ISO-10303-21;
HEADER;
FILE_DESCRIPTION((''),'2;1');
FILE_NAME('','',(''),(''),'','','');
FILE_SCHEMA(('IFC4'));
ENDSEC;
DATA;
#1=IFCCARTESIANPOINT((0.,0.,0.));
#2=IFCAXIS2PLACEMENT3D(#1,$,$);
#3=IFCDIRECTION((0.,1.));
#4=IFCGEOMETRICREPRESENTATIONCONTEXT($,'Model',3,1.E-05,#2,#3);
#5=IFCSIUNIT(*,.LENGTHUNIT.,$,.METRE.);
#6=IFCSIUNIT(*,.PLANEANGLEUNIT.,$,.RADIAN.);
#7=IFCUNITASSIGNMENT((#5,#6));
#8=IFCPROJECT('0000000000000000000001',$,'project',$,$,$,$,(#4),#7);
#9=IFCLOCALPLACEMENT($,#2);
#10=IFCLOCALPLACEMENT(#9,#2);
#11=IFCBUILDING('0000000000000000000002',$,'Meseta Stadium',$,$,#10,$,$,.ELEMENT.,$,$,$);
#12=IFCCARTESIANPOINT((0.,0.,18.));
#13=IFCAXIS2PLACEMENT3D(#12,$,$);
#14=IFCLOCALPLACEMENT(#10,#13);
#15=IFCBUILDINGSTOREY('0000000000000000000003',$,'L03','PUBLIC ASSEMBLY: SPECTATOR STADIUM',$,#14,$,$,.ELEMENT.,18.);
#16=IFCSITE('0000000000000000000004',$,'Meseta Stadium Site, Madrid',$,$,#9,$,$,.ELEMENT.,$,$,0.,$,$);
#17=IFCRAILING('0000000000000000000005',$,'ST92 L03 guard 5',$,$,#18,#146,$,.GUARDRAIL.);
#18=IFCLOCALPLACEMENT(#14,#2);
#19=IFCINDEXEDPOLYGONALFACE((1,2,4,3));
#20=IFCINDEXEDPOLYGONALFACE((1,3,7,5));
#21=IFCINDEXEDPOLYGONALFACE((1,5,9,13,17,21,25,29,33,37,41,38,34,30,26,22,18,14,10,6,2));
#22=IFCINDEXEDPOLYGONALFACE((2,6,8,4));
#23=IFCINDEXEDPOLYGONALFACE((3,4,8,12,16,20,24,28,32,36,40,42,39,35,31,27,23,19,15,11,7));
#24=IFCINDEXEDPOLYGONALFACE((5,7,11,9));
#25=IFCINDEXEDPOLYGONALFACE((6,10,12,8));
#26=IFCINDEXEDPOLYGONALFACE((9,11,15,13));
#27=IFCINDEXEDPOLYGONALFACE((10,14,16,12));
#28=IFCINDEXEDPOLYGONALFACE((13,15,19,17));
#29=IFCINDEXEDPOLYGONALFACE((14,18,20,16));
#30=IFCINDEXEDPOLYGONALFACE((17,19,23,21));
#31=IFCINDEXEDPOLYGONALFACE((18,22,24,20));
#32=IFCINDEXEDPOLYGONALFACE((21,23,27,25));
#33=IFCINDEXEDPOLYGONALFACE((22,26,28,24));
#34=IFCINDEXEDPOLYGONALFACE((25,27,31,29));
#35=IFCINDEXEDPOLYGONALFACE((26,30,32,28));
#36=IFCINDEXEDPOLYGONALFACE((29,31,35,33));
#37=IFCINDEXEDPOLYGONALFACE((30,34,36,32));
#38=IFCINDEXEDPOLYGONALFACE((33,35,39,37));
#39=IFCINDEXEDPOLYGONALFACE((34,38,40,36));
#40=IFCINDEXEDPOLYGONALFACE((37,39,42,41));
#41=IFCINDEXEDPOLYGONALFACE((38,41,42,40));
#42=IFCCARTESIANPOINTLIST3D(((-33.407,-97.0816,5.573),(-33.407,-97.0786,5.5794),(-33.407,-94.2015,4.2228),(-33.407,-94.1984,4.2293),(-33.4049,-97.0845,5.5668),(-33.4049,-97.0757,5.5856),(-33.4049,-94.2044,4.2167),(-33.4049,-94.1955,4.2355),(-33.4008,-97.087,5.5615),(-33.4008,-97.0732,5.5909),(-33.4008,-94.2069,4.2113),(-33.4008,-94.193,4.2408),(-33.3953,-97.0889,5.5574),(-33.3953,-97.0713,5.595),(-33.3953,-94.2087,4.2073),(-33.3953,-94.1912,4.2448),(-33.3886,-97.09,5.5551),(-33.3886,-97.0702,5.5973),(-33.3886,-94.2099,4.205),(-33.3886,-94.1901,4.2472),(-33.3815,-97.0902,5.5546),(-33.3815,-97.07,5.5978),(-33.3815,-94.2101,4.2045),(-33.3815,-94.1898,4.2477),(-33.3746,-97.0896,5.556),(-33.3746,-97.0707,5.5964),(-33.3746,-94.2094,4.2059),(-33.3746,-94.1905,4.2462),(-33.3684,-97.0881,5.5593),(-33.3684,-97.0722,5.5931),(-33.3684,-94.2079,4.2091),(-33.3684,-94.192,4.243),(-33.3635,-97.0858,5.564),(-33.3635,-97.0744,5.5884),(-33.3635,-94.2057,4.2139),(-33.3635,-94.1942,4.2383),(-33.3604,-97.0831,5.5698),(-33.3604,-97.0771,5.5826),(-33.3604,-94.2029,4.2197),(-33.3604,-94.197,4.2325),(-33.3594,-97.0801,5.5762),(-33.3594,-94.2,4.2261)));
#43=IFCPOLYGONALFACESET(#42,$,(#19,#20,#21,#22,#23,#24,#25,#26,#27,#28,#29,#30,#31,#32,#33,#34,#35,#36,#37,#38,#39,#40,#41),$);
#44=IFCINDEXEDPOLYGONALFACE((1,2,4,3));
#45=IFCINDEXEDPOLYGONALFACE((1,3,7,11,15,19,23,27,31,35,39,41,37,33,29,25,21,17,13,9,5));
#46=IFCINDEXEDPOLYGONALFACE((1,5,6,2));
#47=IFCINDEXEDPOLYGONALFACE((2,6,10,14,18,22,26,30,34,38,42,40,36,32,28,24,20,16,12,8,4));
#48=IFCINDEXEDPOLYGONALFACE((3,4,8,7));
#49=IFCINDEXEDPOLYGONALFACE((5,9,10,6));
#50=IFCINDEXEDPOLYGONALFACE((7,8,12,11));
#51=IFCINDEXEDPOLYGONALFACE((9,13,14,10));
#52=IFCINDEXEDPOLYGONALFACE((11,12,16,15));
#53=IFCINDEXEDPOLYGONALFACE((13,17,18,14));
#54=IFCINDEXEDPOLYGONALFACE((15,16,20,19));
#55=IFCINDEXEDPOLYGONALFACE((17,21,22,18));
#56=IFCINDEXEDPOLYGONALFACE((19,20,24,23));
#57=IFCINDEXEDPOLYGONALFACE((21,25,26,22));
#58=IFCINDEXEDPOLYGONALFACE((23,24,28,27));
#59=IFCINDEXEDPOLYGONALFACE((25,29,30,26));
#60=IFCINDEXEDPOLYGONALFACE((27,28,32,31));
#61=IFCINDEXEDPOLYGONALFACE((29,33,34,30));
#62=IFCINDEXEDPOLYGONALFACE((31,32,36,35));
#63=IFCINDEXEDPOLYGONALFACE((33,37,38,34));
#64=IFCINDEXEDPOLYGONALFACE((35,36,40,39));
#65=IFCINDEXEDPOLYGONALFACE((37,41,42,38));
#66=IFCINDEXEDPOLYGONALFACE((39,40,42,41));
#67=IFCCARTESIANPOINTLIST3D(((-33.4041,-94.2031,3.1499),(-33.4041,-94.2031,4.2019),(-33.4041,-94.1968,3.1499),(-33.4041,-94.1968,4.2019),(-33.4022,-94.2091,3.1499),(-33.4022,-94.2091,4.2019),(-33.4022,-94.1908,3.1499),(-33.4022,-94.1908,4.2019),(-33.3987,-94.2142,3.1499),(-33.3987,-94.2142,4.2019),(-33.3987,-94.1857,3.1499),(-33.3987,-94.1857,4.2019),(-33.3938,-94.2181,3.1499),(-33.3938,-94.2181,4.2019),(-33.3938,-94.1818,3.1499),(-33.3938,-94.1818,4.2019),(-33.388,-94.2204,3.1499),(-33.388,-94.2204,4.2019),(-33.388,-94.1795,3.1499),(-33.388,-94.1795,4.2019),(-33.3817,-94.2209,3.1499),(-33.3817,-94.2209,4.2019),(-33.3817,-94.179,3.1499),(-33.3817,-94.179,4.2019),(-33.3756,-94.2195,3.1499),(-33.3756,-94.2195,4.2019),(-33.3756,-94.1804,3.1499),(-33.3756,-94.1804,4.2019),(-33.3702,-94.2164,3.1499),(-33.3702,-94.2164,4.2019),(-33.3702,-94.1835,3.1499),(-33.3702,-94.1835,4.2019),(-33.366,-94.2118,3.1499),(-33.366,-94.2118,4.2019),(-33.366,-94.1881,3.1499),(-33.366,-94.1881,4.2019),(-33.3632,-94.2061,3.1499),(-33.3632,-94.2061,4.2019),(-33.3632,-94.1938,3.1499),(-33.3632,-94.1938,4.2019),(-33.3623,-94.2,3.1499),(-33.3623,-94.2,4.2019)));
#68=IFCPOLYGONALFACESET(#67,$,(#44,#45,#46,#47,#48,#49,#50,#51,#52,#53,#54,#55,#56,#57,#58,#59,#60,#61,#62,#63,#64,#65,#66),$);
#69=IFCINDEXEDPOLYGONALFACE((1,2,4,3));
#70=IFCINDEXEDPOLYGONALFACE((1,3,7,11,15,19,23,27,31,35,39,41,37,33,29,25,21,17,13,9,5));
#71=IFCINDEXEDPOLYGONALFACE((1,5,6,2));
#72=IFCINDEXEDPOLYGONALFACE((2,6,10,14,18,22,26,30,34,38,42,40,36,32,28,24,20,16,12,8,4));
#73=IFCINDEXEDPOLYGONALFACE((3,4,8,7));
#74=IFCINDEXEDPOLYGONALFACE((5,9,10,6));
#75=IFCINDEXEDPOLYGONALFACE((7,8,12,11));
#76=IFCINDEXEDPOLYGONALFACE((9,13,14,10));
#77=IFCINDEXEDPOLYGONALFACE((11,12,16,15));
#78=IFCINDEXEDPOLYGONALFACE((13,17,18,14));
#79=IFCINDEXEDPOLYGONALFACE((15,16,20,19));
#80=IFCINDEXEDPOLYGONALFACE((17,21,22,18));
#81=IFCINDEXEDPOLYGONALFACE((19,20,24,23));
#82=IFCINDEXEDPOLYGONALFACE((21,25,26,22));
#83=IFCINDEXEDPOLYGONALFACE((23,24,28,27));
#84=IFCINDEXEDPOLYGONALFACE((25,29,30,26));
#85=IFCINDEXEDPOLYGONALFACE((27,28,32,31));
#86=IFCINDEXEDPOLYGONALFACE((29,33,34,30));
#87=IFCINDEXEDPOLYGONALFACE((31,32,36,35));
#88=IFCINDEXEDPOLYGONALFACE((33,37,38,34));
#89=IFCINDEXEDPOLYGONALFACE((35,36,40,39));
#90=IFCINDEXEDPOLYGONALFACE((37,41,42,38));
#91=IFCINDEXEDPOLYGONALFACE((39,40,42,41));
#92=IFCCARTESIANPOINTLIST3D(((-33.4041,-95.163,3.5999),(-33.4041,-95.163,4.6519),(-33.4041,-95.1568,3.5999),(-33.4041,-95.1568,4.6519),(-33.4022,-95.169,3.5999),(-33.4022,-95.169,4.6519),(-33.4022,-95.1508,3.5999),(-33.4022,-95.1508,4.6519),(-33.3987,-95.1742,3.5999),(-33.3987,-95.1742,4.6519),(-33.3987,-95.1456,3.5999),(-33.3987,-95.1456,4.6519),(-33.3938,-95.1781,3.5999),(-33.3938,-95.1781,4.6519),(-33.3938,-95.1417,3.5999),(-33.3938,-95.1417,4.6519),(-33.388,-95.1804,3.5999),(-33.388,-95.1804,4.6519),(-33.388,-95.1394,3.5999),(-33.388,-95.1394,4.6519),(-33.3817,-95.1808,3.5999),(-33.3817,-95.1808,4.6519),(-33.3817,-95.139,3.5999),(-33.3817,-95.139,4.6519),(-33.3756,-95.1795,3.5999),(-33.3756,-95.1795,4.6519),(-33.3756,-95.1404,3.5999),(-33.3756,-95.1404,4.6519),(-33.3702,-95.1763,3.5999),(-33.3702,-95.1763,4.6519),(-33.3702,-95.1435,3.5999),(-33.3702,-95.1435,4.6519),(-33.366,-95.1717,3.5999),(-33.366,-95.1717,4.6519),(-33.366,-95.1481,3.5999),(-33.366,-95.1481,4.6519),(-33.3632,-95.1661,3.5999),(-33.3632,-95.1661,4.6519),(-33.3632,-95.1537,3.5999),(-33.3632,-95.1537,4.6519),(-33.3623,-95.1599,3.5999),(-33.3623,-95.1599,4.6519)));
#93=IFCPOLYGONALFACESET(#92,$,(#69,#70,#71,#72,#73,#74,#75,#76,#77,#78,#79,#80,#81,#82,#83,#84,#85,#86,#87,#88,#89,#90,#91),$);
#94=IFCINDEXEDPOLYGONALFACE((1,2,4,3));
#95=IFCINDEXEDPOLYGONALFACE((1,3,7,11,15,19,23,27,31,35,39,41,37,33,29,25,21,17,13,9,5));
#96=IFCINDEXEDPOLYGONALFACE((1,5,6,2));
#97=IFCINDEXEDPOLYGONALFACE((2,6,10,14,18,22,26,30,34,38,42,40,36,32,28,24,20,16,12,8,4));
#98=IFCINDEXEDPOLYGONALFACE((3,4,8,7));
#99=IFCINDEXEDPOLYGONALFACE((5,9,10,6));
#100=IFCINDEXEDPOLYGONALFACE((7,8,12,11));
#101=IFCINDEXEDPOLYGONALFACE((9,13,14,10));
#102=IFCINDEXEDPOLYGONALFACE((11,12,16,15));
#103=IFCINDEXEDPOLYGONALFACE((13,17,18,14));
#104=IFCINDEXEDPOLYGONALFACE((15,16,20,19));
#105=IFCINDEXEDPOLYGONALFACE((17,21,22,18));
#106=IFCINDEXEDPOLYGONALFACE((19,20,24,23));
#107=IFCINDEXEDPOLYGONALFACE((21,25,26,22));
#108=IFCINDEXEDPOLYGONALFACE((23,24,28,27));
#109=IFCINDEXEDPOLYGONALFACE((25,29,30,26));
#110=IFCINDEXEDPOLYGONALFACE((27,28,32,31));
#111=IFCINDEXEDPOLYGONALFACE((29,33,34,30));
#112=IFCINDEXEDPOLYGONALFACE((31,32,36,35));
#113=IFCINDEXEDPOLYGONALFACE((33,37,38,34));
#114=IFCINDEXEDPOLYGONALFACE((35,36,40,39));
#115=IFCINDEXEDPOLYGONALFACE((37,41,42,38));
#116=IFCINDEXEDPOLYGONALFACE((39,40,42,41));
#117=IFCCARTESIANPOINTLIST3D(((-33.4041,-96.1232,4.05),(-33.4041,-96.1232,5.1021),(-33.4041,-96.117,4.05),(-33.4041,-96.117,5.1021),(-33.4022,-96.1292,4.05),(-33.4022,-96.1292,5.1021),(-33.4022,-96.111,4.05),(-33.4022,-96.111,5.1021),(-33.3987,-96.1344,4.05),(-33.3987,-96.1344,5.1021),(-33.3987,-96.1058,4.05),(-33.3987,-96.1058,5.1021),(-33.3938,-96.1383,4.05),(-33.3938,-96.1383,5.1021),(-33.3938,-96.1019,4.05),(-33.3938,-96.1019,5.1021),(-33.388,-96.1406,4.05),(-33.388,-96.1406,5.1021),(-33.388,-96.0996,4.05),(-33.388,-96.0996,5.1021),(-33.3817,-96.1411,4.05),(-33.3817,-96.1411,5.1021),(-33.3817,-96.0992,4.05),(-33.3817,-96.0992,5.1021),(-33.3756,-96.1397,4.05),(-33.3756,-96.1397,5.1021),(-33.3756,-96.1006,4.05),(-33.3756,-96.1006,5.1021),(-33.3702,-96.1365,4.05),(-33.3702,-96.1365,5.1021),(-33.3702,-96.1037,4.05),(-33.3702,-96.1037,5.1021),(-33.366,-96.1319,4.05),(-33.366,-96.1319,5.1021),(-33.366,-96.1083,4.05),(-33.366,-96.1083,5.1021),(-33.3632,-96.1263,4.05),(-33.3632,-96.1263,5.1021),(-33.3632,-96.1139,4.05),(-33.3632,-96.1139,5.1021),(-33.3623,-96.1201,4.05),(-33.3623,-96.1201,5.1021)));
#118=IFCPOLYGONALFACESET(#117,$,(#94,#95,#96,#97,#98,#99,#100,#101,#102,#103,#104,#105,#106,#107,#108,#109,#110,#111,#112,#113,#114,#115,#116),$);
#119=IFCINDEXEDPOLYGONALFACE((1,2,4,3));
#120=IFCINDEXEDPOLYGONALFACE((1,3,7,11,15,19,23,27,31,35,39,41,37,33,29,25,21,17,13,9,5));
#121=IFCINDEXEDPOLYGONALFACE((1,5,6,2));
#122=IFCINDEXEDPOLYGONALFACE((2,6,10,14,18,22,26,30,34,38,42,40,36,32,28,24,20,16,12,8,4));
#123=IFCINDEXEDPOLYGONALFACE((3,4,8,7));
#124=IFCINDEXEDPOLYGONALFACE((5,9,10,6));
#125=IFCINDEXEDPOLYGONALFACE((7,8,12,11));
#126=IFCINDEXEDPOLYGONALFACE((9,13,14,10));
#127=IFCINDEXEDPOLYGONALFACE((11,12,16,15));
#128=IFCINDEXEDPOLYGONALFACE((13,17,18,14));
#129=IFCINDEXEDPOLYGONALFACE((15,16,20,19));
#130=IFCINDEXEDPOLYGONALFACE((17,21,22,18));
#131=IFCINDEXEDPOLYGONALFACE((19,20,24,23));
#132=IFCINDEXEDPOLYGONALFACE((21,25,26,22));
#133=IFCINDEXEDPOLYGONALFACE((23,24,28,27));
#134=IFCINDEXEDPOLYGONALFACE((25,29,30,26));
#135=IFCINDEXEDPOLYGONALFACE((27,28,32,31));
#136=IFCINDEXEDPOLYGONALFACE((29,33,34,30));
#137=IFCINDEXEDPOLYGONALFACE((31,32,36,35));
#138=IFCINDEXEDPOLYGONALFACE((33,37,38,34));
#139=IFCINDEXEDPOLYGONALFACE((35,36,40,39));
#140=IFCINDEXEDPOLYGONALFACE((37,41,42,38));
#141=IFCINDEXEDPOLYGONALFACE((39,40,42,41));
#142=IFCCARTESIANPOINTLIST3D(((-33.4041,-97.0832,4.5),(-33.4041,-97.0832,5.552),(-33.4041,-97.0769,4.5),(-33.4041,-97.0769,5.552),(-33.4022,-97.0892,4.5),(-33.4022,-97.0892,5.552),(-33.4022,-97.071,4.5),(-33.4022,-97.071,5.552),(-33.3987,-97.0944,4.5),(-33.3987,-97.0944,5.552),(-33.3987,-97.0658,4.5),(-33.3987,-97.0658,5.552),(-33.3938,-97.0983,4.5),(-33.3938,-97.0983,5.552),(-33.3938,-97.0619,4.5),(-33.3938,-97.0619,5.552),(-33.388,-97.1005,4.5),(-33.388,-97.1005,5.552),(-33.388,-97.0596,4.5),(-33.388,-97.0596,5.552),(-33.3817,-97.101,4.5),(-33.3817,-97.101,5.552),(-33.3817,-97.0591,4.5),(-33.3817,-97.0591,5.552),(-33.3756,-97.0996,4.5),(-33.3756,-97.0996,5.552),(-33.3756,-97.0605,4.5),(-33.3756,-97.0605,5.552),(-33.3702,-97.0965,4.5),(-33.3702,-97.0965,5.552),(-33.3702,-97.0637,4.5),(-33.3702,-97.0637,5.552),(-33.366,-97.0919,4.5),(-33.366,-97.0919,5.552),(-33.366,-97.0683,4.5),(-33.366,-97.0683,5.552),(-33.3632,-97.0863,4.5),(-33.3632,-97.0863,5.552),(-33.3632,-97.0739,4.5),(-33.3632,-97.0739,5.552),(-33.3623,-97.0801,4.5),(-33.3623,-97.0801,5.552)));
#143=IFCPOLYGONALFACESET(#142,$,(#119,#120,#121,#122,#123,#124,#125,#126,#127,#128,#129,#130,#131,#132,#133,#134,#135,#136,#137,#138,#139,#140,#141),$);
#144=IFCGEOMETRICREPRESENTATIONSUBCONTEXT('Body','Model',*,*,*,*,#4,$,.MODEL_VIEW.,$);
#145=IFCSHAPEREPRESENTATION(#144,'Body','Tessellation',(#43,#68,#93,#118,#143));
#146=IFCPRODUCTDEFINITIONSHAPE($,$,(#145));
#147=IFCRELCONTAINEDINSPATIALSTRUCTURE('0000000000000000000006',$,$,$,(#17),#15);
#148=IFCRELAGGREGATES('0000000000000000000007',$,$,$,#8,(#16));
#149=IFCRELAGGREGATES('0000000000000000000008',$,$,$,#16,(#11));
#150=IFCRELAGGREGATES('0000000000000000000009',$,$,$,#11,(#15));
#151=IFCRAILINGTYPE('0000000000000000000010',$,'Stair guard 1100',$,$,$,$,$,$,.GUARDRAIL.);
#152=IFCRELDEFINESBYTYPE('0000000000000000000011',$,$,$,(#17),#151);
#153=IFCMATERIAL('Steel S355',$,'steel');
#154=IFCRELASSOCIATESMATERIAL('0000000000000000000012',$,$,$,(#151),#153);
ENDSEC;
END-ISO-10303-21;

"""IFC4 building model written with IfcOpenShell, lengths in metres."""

from ifc_helpers import new_model, si_unit, direction, frame, origin, origin_2d, place, context, subcontext, project, spatial, circle, extrude, material, type_object, element, save


model = new_model("IFC4")

# Units and contexts
model_context = context("Model", 3, precision=1e-05, world=origin(), true_north=direction((0.0, 1.0)))
body_context = subcontext(model_context, "Body", "Model", "MODEL_VIEW")
ifc_project = project(units=[si_unit("LENGTHUNIT", "METRE"), si_unit("PLANEANGLEUNIT", "RADIAN")], contexts=[model_context])

# Site, building, storey
site_placement = place(None, origin())
site = spatial("IfcSite", under=ifc_project, at=site_placement, Name="Meseta Stadium Site, Madrid", CompositionType="ELEMENT", RefElevation=0.0)
building_placement = place(site_placement, origin())
building = spatial("IfcBuilding", under=site, at=building_placement, Name="Meseta Stadium", CompositionType="ELEMENT")
storey_placement = place(building_placement, frame((0.0, 0.0, 18.0)))
storey = spatial("IfcBuildingStorey", under=building, at=storey_placement, Name="L03", Description="PUBLIC ASSEMBLY: SPECTATOR STADIUM", CompositionType="ELEMENT", Elevation=18.0)

# Railing
ifc_material_1 = material(Name="Steel S355", Category="steel")
railing_type_1 = type_object("IfcRailingType", Name="Stair guard 1100", PredefinedType="GUARDRAIL", material=ifc_material_1)
railing_1_placement = place(storey_placement, frame((-33.3833, -94.2, 3.1499)))
element("IfcRailing", 1, at=railing_1_placement, inside=storey, type_object=railing_type_1, Name="ST92 L03 guard 5", PredefinedType="GUARDRAIL", context=body_context, shape_type="SweptSolid", body=[
    extrude(circle(Radius=0.0239, at=origin_2d()), frame((0.0, 0.0, 1.0762), z_axis=(0.0, -0.905454, 0.424444), x_axis=(1.0, 0.0, 0.0)), (0.0, 0.0, 1.0), 3.1809),
    extrude(circle(Radius=0.021, at=origin_2d()), origin(), (0.0, 0.0, 1.0), 1.052),
    extrude(circle(Radius=0.021, at=origin_2d()), frame((0.0, -0.96, 0.45)), (0.0, 0.0, 1.0), 1.052),
    extrude(circle(Radius=0.021, at=origin_2d()), frame((0.0, -1.9202, 0.9001)), (0.0, 0.0, 1.0), 1.052),
    extrude(circle(Radius=0.021, at=origin_2d()), frame((0.0, -2.8801, 1.3501)), (0.0, 0.0, 1.0), 1.052),
])

save(model, "model.ifc")
